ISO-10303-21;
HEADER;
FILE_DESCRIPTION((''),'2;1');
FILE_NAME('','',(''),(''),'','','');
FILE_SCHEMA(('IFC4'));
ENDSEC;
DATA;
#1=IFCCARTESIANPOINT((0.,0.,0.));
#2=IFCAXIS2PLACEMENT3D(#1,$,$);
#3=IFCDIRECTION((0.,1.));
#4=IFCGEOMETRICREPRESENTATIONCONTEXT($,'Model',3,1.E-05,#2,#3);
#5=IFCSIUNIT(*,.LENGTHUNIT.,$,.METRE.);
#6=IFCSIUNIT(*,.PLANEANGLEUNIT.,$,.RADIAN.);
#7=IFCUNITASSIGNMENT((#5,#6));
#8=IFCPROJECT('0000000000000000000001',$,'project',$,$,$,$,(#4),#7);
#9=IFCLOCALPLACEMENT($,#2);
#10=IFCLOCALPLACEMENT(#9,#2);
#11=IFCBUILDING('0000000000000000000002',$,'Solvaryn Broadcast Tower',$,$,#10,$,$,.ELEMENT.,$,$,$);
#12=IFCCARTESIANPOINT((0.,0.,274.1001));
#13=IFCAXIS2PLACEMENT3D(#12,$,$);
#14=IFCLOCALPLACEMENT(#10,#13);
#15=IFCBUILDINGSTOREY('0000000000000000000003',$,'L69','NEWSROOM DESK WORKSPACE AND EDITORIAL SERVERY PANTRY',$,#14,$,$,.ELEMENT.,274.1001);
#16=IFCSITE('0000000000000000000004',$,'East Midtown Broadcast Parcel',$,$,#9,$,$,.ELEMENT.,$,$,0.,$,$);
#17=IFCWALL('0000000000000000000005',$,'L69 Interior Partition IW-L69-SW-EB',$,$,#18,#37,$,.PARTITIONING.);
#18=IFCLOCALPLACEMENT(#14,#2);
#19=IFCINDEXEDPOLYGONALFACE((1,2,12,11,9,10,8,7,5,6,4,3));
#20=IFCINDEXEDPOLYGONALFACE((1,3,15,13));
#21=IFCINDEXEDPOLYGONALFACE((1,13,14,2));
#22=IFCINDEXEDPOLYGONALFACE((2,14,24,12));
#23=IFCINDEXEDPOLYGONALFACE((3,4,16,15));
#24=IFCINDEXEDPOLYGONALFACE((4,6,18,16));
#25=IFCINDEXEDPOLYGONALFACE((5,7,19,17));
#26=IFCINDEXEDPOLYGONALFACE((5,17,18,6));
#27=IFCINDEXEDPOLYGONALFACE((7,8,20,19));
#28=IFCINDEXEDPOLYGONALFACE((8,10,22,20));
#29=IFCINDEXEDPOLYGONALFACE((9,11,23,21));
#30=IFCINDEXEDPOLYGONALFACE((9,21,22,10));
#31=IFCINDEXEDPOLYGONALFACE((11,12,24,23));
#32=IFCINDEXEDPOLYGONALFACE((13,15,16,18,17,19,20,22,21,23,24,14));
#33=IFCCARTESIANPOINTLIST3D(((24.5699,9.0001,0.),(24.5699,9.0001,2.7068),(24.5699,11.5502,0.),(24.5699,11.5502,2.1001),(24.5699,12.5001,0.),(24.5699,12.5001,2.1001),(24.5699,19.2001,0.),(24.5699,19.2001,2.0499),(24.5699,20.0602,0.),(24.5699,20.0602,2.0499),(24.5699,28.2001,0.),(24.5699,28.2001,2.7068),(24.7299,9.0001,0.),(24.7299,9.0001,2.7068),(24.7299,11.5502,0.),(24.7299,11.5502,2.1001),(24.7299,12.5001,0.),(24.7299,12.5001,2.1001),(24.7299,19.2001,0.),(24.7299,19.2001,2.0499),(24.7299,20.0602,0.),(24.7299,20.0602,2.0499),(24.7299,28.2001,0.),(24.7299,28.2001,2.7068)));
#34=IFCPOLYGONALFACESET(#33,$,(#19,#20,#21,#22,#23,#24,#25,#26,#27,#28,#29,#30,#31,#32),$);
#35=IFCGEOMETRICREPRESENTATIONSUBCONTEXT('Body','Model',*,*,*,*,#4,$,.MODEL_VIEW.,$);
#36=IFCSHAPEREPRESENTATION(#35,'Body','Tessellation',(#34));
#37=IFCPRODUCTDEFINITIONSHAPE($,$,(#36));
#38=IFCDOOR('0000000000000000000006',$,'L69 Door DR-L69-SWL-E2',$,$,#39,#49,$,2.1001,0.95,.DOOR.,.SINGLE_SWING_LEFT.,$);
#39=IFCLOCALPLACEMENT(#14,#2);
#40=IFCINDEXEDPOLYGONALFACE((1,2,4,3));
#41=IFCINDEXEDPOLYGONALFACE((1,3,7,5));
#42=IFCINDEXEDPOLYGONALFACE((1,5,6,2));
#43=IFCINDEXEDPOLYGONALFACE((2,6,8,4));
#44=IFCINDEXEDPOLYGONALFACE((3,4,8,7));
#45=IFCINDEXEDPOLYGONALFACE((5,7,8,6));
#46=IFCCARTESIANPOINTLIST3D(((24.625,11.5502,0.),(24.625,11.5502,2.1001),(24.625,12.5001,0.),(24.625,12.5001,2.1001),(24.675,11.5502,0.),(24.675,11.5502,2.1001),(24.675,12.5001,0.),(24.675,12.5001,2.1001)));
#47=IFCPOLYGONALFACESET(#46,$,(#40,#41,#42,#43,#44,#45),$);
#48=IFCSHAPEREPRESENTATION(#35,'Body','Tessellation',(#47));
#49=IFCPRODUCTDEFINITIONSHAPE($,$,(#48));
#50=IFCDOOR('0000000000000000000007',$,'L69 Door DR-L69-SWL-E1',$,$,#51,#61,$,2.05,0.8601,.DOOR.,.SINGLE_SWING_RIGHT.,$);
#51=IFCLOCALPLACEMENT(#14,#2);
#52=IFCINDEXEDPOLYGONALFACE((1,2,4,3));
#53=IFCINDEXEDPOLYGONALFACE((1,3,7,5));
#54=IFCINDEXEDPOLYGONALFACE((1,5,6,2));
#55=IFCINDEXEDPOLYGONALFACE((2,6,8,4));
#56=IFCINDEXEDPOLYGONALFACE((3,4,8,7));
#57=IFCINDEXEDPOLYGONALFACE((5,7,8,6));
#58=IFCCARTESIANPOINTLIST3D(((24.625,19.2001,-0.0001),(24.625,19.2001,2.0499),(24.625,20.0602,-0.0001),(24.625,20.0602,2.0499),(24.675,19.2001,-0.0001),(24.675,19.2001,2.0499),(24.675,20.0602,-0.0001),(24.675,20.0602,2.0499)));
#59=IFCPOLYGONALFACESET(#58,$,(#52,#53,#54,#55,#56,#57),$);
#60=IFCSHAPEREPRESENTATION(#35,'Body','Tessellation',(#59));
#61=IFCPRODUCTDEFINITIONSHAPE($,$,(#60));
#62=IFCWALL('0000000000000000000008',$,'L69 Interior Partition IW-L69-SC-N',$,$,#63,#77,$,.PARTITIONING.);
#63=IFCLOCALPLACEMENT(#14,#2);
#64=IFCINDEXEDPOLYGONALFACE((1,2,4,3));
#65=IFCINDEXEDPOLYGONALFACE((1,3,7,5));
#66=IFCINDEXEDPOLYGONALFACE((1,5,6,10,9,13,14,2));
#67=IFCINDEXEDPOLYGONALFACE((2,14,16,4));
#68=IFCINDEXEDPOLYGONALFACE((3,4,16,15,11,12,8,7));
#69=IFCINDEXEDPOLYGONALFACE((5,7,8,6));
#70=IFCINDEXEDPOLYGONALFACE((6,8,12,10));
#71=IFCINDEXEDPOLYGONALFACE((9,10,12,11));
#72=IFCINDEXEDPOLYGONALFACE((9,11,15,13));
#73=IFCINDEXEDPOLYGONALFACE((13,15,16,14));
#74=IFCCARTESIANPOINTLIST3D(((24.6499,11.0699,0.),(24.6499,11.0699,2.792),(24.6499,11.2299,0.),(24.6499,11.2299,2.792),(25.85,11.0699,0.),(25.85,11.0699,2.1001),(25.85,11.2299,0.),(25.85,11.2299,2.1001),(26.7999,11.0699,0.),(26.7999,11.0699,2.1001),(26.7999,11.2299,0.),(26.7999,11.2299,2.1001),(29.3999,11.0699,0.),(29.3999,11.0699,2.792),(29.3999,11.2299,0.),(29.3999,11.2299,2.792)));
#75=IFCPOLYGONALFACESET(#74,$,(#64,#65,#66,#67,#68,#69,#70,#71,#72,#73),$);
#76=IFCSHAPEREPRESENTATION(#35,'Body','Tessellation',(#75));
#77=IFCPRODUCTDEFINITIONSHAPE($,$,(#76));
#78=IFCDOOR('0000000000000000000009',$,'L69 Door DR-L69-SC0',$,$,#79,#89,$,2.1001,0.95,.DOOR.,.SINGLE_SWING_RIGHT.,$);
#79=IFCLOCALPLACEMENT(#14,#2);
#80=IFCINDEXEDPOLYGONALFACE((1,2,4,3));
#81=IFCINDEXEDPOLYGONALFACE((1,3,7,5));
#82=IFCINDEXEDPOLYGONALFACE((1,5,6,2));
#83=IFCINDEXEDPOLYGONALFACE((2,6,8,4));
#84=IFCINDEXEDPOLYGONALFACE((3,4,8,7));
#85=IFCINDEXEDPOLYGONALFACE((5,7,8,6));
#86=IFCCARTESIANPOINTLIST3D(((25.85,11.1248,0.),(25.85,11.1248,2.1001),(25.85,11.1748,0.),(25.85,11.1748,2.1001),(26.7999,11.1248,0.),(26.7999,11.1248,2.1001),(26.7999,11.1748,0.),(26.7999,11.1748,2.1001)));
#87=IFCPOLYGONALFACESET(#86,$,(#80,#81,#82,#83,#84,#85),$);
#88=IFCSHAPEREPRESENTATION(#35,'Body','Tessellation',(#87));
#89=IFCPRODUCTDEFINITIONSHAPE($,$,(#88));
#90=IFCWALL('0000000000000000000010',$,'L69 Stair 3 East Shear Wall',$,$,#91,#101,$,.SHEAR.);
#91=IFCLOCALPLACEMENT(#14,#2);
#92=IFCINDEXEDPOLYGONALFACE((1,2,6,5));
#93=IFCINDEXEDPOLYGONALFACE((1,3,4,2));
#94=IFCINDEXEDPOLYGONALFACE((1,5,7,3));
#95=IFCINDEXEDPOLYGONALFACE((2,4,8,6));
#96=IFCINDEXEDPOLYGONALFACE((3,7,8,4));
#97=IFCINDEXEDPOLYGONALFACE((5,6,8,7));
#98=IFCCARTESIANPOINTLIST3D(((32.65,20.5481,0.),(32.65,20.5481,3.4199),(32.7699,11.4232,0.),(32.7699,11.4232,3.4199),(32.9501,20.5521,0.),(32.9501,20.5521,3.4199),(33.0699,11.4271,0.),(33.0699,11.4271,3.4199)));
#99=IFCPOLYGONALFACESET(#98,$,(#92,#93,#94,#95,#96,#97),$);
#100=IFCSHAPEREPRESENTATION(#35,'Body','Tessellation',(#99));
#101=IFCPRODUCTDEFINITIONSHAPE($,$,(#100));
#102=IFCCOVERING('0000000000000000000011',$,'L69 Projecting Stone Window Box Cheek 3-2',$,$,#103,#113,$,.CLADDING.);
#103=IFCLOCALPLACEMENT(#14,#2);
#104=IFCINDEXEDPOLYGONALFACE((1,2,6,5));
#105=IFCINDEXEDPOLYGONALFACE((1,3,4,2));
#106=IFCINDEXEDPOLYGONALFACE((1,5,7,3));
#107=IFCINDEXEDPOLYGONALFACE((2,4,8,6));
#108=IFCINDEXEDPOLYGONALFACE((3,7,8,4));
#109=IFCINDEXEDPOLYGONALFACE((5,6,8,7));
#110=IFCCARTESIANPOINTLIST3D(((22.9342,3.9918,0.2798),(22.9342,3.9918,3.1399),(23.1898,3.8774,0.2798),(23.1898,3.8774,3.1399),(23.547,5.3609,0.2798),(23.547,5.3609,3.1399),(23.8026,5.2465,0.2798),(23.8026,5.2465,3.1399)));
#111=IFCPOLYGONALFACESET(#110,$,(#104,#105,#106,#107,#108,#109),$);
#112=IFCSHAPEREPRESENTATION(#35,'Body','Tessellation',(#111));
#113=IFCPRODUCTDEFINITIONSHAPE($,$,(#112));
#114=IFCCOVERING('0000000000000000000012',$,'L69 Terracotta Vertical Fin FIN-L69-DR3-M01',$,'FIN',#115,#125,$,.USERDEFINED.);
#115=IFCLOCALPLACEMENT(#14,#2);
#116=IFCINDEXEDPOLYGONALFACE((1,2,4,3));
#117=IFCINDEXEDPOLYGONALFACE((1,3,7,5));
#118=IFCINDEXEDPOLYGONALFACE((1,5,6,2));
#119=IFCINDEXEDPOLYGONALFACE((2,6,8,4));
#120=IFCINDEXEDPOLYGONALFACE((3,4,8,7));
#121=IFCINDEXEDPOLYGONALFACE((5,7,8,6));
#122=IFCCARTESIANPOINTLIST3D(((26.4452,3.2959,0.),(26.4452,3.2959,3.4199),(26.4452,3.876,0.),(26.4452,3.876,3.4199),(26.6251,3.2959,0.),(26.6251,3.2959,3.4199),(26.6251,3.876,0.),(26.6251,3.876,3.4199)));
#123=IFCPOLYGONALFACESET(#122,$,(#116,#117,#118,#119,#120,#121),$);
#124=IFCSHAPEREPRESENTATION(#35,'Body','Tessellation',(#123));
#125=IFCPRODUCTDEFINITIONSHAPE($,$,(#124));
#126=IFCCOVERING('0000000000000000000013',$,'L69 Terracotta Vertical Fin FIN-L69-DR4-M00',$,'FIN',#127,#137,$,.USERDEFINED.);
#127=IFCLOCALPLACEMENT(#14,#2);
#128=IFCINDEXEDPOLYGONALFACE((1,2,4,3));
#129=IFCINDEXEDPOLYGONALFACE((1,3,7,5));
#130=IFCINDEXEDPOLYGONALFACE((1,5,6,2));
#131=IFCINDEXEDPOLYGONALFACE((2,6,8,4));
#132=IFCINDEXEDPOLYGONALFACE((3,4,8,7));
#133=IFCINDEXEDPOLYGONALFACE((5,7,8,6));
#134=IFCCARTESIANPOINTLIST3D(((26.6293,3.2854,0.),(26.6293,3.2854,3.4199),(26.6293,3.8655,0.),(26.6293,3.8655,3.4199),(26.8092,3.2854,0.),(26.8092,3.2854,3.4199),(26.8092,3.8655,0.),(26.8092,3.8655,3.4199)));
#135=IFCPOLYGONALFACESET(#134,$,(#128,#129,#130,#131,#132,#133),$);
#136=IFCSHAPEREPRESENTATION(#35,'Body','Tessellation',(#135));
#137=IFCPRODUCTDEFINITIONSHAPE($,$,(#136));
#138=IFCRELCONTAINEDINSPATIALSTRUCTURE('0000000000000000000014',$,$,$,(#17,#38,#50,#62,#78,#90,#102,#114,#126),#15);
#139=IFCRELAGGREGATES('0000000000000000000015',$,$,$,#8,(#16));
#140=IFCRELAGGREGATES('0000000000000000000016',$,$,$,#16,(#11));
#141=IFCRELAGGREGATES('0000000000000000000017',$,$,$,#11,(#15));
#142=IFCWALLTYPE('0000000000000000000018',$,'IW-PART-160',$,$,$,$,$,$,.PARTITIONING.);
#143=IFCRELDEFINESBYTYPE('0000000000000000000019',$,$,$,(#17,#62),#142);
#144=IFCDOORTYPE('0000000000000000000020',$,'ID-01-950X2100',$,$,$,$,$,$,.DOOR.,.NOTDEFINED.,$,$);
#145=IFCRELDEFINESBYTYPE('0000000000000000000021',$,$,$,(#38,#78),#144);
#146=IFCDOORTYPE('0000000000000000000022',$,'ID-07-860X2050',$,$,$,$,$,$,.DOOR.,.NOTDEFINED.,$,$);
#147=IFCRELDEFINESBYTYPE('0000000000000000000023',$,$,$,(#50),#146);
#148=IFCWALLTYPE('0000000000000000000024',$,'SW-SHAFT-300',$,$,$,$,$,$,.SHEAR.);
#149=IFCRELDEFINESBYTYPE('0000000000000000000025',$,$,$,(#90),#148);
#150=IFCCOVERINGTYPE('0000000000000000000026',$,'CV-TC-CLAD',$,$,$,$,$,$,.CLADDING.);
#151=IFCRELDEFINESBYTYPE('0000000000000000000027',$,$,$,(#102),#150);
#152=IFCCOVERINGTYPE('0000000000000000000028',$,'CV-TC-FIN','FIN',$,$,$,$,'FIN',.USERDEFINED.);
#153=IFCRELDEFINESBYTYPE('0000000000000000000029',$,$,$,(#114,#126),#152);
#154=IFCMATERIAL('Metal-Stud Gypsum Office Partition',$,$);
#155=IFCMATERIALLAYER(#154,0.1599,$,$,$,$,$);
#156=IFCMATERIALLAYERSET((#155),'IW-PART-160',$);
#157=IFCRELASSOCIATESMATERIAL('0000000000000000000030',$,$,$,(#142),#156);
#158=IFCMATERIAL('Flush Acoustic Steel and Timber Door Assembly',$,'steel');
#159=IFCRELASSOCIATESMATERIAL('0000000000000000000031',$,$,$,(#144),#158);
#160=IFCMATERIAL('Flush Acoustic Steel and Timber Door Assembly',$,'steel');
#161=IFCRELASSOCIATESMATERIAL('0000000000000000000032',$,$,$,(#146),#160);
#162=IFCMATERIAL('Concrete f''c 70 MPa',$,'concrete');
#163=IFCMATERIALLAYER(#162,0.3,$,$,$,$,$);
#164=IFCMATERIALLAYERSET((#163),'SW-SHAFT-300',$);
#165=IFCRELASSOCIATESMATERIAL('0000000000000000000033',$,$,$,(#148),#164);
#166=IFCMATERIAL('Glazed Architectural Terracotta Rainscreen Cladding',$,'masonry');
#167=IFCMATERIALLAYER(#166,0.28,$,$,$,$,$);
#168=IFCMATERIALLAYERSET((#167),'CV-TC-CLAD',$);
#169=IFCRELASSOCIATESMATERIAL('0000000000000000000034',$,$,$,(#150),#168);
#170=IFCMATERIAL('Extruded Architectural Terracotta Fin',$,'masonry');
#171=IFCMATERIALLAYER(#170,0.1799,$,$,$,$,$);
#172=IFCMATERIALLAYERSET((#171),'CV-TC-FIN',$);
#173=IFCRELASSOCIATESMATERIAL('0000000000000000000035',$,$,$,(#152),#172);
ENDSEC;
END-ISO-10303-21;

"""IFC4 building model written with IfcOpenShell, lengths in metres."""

from ifc_helpers import new_model, si_unit, direction, frame, frame_2d, origin, origin_2d, place, context, subcontext, project, spatial, rectangle, extrude, material, layer, layer_set, type_object, element, fill, save


model = new_model("IFC4")

# Units and contexts
model_context = context("Model", 3, precision=1e-05, world=origin(), true_north=direction((0.0, 1.0)))
body_context = subcontext(model_context, "Body", "Model", "MODEL_VIEW")
ifc_project = project(units=[si_unit("LENGTHUNIT", "METRE"), si_unit("PLANEANGLEUNIT", "RADIAN")], contexts=[model_context])

# Site, building, storey
site_placement = place(None, origin())
site = spatial("IfcSite", under=ifc_project, at=site_placement, Name="East Midtown Broadcast Parcel", CompositionType="ELEMENT", RefElevation=0.0)
building_placement = place(site_placement, origin())
building = spatial("IfcBuilding", under=site, at=building_placement, Name="Solvaryn Broadcast Tower", CompositionType="ELEMENT")
storey_placement = place(building_placement, frame((0.0, 0.0, 274.1001)))
storey = spatial("IfcBuildingStorey", under=building, at=storey_placement, Name="L69", Description="NEWSROOM DESK WORKSPACE AND EDITORIAL SERVERY PANTRY", CompositionType="ELEMENT", Elevation=274.1001)

# Wall, openings, doors
ifc_material_1 = material(Name="Metal-Stud Gypsum Office Partition")
ifc_layer_1 = layer(ifc_material_1, 0.1599)
ifc_layer_set_1 = layer_set([ifc_layer_1], Name="IW-PART-160")
wall_type_1 = type_object("IfcWallType", Name="IW-PART-160", PredefinedType="PARTITIONING", material=ifc_layer_set_1)
wall_1_placement = place(storey_placement, frame((24.6499, 9.0, 0.0), z_axis=(0.0, 0.0, 1.0), x_axis=(0.0, 1.0, 0.0)))
wall_1 = element("IfcWall", 1, at=wall_1_placement, inside=storey, type_object=wall_type_1, Name="L69 Interior Partition IW-L69-SW-EB", PredefinedType="PARTITIONING", context=body_context, shape_type="SweptSolid", body=[
    extrude(rectangle(XDim=19.2, YDim=0.1599, at=frame_2d((9.6001, 0.0))), origin(), (0.0, 0.0, 1.0), 2.7068),
])
opening_1_placement = place(wall_1_placement, frame((10.2, 0.0, 0.0)))
opening_1 = element("IfcOpeningElement", 2, at=opening_1_placement, cuts=wall_1, PredefinedType="OPENING", context=body_context, shape_type="SweptSolid", body=[
    extrude(rectangle(XDim=0.8601, YDim=2.05, at=frame_2d((0.4302, 1.0249))), frame((0.0, 0.0901, 0.0), z_axis=(0.0, -1.0, 0.0), x_axis=(1.0, 0.0, 0.0)), (0.0, 0.0, 1.0), 0.1799),
])
opening_2_placement = place(wall_1_placement, frame((2.55, 0.0, 0.0)))
opening_2 = element("IfcOpeningElement", 3, at=opening_2_placement, cuts=wall_1, PredefinedType="OPENING", context=body_context, shape_type="SweptSolid", body=[
    extrude(rectangle(XDim=0.95, YDim=2.1001, at=frame_2d((0.4751, 1.05))), frame((0.0, 0.0901, 0.0), z_axis=(0.0, -1.0, 0.0), x_axis=(1.0, 0.0, 0.0)), (0.0, 0.0, 1.0), 0.1799),
])
ifc_material_2 = material(Name="Flush Acoustic Steel and Timber Door Assembly", Category="steel")
door_type_1 = type_object("IfcDoorType", Name="ID-01-950X2100", OperationType="NOTDEFINED", PredefinedType="DOOR", material=ifc_material_2)
door_1_placement = place(opening_2_placement, origin())
door_1 = element("IfcDoor", 4, at=door_1_placement, inside=storey, type_object=door_type_1, Name="L69 Door DR-L69-SWL-E2", OperationType="SINGLE_SWING_LEFT", OverallHeight=2.1001, OverallWidth=0.95, PredefinedType="DOOR", context=body_context, shape_type="SweptSolid", body=[
    extrude(rectangle(XDim=0.95, YDim=2.1001, at=frame_2d((0.4751, 1.05))), frame((0.0, 0.0249, 0.0), z_axis=(0.0, -1.0, 0.0), x_axis=(1.0, 0.0, 0.0)), (0.0, 0.0, 1.0), 0.05),
])
fill(opening_2, door_1)
ifc_material_3 = material(Name="Flush Acoustic Steel and Timber Door Assembly", Category="steel")
door_type_2 = type_object("IfcDoorType", Name="ID-07-860X2050", OperationType="NOTDEFINED", PredefinedType="DOOR", material=ifc_material_3)
door_2_placement = place(opening_1_placement, origin())
door_2 = element("IfcDoor", 5, at=door_2_placement, inside=storey, type_object=door_type_2, Name="L69 Door DR-L69-SWL-E1", OperationType="SINGLE_SWING_RIGHT", OverallHeight=2.05, OverallWidth=0.8601, PredefinedType="DOOR", context=body_context, shape_type="SweptSolid", body=[
    extrude(rectangle(XDim=0.8601, YDim=2.05, at=frame_2d((0.4302, 1.0249))), frame((0.0, 0.0249, 0.0), z_axis=(0.0, -1.0, 0.0), x_axis=(1.0, 0.0, 0.0)), (0.0, 0.0, 1.0), 0.05),
])
fill(opening_1, door_2)

# Wall, opening, door
wall_2_placement = place(storey_placement, frame((24.6499, 11.1499, 0.0), z_axis=(0.0, 0.0, 1.0), x_axis=(1.0, 0.0, 0.0)))
wall_2 = element("IfcWall", 6, at=wall_2_placement, inside=storey, type_object=wall_type_1, Name="L69 Interior Partition IW-L69-SC-N", PredefinedType="PARTITIONING", context=body_context, shape_type="SweptSolid", body=[
    extrude(rectangle(XDim=4.75, YDim=0.1599, at=frame_2d((2.375, 0.0))), origin(), (0.0, 0.0, 1.0), 2.792),
])
opening_3_placement = place(wall_2_placement, frame((1.2, 0.0, 0.0)))
opening_3 = element("IfcOpeningElement", 7, at=opening_3_placement, cuts=wall_2, PredefinedType="OPENING", context=body_context, shape_type="SweptSolid", body=[
    extrude(rectangle(XDim=0.95, YDim=2.1001, at=frame_2d((0.4751, 1.05))), frame((0.0, 0.0901, 0.0), z_axis=(0.0, -1.0, 0.0), x_axis=(1.0, 0.0, 0.0)), (0.0, 0.0, 1.0), 0.1799),
])
door_3_placement = place(opening_3_placement, origin())
door_3 = element("IfcDoor", 8, at=door_3_placement, inside=storey, type_object=door_type_1, Name="L69 Door DR-L69-SC0", OperationType="SINGLE_SWING_RIGHT", OverallHeight=2.1001, OverallWidth=0.95, PredefinedType="DOOR", context=body_context, shape_type="SweptSolid", body=[
    extrude(rectangle(XDim=0.95, YDim=2.1001, at=frame_2d((0.4751, 1.05))), frame((0.0, 0.0249, 0.0), z_axis=(0.0, -1.0, 0.0), x_axis=(1.0, 0.0, 0.0)), (0.0, 0.0, 1.0), 0.05),
])
fill(opening_3, door_3)

# Wall
ifc_material_4 = material(Name="Concrete f'c 70 MPa", Category="concrete")
ifc_layer_2 = layer(ifc_material_4, 0.3)
ifc_layer_set_2 = layer_set([ifc_layer_2], Name="SW-SHAFT-300")
wall_type_2 = type_object("IfcWallType", Name="SW-SHAFT-300", PredefinedType="SHEAR", material=ifc_layer_set_2)
wall_3_placement = place(storey_placement, frame((32.9199, 11.425, 0.0), z_axis=(0.0, 0.0, 1.0), x_axis=(-0.013136, 0.999914, 0.0)))
element("IfcWall", 9, at=wall_3_placement, inside=storey, type_object=wall_type_2, Name="L69 Stair 3 East Shear Wall", PredefinedType="SHEAR", context=body_context, shape_type="SweptSolid", body=[
    extrude(rectangle(XDim=9.1257, YDim=0.3, at=frame_2d((4.563, 0.0))), origin(), (0.0, 0.0, 1.0), 3.4199),
])

# Coverings
ifc_material_5 = material(Name="Glazed Architectural Terracotta Rainscreen Cladding", Category="masonry")
ifc_layer_3 = layer(ifc_material_5, 0.28)
ifc_layer_set_3 = layer_set([ifc_layer_3], Name="CV-TC-CLAD")
covering_type_1 = type_object("IfcCoveringType", Name="CV-TC-CLAD", PredefinedType="CLADDING", material=ifc_layer_set_3)
covering_placement = place(storey_placement, frame((23.3684, 4.6191, 0.2798), z_axis=(0.0, 0.0, 1.0), x_axis=(0.912763, -0.40849, 0.0)))
element("IfcCovering", 10, at=covering_placement, inside=storey, type_object=covering_type_1, Name="L69 Projecting Stone Window Box Cheek 3-2", PredefinedType="CLADDING", context=body_context, shape_type="SweptSolid", body=[
    extrude(rectangle(XDim=0.28, YDim=1.5, at=origin_2d()), origin(), (0.0, 0.0, 1.0), 2.8601),
])
ifc_material_6 = material(Name="Extruded Architectural Terracotta Fin", Category="masonry")
ifc_layer_4 = layer(ifc_material_6, 0.1799)
ifc_layer_set_4 = layer_set([ifc_layer_4], Name="CV-TC-FIN")
covering_type_2 = type_object("IfcCoveringType", Name="CV-TC-FIN", Description="FIN", ElementType="FIN", PredefinedType="USERDEFINED", material=ifc_layer_set_4)
for number, where, z_axis, x_axis, name in (
    (11, (26.5352, 3.5859, 0.0), (0.0, 0.0, 1.0), (1.0, 0.0, 0.0), "L69 Terracotta Vertical Fin FIN-L69-DR3-M01"),
    (12, (26.7192, 3.5754, 0.0), (0.0, 0.0, 1.0), (1.0, 0.0, 0.0), "L69 Terracotta Vertical Fin FIN-L69-DR4-M00"),
):
    element("IfcCovering", number, at=place(storey_placement, frame(where, z_axis=z_axis, x_axis=x_axis)), inside=storey, type_object=covering_type_2, Name=name, ObjectType="FIN", PredefinedType="USERDEFINED", context=body_context, shape_type="SweptSolid", body=[
        extrude(rectangle(XDim=0.1799, YDim=0.5801, at=origin_2d()), origin(), (0.0, 0.0, 1.0), 3.4199),
    ])

save(model, "model.ifc")
